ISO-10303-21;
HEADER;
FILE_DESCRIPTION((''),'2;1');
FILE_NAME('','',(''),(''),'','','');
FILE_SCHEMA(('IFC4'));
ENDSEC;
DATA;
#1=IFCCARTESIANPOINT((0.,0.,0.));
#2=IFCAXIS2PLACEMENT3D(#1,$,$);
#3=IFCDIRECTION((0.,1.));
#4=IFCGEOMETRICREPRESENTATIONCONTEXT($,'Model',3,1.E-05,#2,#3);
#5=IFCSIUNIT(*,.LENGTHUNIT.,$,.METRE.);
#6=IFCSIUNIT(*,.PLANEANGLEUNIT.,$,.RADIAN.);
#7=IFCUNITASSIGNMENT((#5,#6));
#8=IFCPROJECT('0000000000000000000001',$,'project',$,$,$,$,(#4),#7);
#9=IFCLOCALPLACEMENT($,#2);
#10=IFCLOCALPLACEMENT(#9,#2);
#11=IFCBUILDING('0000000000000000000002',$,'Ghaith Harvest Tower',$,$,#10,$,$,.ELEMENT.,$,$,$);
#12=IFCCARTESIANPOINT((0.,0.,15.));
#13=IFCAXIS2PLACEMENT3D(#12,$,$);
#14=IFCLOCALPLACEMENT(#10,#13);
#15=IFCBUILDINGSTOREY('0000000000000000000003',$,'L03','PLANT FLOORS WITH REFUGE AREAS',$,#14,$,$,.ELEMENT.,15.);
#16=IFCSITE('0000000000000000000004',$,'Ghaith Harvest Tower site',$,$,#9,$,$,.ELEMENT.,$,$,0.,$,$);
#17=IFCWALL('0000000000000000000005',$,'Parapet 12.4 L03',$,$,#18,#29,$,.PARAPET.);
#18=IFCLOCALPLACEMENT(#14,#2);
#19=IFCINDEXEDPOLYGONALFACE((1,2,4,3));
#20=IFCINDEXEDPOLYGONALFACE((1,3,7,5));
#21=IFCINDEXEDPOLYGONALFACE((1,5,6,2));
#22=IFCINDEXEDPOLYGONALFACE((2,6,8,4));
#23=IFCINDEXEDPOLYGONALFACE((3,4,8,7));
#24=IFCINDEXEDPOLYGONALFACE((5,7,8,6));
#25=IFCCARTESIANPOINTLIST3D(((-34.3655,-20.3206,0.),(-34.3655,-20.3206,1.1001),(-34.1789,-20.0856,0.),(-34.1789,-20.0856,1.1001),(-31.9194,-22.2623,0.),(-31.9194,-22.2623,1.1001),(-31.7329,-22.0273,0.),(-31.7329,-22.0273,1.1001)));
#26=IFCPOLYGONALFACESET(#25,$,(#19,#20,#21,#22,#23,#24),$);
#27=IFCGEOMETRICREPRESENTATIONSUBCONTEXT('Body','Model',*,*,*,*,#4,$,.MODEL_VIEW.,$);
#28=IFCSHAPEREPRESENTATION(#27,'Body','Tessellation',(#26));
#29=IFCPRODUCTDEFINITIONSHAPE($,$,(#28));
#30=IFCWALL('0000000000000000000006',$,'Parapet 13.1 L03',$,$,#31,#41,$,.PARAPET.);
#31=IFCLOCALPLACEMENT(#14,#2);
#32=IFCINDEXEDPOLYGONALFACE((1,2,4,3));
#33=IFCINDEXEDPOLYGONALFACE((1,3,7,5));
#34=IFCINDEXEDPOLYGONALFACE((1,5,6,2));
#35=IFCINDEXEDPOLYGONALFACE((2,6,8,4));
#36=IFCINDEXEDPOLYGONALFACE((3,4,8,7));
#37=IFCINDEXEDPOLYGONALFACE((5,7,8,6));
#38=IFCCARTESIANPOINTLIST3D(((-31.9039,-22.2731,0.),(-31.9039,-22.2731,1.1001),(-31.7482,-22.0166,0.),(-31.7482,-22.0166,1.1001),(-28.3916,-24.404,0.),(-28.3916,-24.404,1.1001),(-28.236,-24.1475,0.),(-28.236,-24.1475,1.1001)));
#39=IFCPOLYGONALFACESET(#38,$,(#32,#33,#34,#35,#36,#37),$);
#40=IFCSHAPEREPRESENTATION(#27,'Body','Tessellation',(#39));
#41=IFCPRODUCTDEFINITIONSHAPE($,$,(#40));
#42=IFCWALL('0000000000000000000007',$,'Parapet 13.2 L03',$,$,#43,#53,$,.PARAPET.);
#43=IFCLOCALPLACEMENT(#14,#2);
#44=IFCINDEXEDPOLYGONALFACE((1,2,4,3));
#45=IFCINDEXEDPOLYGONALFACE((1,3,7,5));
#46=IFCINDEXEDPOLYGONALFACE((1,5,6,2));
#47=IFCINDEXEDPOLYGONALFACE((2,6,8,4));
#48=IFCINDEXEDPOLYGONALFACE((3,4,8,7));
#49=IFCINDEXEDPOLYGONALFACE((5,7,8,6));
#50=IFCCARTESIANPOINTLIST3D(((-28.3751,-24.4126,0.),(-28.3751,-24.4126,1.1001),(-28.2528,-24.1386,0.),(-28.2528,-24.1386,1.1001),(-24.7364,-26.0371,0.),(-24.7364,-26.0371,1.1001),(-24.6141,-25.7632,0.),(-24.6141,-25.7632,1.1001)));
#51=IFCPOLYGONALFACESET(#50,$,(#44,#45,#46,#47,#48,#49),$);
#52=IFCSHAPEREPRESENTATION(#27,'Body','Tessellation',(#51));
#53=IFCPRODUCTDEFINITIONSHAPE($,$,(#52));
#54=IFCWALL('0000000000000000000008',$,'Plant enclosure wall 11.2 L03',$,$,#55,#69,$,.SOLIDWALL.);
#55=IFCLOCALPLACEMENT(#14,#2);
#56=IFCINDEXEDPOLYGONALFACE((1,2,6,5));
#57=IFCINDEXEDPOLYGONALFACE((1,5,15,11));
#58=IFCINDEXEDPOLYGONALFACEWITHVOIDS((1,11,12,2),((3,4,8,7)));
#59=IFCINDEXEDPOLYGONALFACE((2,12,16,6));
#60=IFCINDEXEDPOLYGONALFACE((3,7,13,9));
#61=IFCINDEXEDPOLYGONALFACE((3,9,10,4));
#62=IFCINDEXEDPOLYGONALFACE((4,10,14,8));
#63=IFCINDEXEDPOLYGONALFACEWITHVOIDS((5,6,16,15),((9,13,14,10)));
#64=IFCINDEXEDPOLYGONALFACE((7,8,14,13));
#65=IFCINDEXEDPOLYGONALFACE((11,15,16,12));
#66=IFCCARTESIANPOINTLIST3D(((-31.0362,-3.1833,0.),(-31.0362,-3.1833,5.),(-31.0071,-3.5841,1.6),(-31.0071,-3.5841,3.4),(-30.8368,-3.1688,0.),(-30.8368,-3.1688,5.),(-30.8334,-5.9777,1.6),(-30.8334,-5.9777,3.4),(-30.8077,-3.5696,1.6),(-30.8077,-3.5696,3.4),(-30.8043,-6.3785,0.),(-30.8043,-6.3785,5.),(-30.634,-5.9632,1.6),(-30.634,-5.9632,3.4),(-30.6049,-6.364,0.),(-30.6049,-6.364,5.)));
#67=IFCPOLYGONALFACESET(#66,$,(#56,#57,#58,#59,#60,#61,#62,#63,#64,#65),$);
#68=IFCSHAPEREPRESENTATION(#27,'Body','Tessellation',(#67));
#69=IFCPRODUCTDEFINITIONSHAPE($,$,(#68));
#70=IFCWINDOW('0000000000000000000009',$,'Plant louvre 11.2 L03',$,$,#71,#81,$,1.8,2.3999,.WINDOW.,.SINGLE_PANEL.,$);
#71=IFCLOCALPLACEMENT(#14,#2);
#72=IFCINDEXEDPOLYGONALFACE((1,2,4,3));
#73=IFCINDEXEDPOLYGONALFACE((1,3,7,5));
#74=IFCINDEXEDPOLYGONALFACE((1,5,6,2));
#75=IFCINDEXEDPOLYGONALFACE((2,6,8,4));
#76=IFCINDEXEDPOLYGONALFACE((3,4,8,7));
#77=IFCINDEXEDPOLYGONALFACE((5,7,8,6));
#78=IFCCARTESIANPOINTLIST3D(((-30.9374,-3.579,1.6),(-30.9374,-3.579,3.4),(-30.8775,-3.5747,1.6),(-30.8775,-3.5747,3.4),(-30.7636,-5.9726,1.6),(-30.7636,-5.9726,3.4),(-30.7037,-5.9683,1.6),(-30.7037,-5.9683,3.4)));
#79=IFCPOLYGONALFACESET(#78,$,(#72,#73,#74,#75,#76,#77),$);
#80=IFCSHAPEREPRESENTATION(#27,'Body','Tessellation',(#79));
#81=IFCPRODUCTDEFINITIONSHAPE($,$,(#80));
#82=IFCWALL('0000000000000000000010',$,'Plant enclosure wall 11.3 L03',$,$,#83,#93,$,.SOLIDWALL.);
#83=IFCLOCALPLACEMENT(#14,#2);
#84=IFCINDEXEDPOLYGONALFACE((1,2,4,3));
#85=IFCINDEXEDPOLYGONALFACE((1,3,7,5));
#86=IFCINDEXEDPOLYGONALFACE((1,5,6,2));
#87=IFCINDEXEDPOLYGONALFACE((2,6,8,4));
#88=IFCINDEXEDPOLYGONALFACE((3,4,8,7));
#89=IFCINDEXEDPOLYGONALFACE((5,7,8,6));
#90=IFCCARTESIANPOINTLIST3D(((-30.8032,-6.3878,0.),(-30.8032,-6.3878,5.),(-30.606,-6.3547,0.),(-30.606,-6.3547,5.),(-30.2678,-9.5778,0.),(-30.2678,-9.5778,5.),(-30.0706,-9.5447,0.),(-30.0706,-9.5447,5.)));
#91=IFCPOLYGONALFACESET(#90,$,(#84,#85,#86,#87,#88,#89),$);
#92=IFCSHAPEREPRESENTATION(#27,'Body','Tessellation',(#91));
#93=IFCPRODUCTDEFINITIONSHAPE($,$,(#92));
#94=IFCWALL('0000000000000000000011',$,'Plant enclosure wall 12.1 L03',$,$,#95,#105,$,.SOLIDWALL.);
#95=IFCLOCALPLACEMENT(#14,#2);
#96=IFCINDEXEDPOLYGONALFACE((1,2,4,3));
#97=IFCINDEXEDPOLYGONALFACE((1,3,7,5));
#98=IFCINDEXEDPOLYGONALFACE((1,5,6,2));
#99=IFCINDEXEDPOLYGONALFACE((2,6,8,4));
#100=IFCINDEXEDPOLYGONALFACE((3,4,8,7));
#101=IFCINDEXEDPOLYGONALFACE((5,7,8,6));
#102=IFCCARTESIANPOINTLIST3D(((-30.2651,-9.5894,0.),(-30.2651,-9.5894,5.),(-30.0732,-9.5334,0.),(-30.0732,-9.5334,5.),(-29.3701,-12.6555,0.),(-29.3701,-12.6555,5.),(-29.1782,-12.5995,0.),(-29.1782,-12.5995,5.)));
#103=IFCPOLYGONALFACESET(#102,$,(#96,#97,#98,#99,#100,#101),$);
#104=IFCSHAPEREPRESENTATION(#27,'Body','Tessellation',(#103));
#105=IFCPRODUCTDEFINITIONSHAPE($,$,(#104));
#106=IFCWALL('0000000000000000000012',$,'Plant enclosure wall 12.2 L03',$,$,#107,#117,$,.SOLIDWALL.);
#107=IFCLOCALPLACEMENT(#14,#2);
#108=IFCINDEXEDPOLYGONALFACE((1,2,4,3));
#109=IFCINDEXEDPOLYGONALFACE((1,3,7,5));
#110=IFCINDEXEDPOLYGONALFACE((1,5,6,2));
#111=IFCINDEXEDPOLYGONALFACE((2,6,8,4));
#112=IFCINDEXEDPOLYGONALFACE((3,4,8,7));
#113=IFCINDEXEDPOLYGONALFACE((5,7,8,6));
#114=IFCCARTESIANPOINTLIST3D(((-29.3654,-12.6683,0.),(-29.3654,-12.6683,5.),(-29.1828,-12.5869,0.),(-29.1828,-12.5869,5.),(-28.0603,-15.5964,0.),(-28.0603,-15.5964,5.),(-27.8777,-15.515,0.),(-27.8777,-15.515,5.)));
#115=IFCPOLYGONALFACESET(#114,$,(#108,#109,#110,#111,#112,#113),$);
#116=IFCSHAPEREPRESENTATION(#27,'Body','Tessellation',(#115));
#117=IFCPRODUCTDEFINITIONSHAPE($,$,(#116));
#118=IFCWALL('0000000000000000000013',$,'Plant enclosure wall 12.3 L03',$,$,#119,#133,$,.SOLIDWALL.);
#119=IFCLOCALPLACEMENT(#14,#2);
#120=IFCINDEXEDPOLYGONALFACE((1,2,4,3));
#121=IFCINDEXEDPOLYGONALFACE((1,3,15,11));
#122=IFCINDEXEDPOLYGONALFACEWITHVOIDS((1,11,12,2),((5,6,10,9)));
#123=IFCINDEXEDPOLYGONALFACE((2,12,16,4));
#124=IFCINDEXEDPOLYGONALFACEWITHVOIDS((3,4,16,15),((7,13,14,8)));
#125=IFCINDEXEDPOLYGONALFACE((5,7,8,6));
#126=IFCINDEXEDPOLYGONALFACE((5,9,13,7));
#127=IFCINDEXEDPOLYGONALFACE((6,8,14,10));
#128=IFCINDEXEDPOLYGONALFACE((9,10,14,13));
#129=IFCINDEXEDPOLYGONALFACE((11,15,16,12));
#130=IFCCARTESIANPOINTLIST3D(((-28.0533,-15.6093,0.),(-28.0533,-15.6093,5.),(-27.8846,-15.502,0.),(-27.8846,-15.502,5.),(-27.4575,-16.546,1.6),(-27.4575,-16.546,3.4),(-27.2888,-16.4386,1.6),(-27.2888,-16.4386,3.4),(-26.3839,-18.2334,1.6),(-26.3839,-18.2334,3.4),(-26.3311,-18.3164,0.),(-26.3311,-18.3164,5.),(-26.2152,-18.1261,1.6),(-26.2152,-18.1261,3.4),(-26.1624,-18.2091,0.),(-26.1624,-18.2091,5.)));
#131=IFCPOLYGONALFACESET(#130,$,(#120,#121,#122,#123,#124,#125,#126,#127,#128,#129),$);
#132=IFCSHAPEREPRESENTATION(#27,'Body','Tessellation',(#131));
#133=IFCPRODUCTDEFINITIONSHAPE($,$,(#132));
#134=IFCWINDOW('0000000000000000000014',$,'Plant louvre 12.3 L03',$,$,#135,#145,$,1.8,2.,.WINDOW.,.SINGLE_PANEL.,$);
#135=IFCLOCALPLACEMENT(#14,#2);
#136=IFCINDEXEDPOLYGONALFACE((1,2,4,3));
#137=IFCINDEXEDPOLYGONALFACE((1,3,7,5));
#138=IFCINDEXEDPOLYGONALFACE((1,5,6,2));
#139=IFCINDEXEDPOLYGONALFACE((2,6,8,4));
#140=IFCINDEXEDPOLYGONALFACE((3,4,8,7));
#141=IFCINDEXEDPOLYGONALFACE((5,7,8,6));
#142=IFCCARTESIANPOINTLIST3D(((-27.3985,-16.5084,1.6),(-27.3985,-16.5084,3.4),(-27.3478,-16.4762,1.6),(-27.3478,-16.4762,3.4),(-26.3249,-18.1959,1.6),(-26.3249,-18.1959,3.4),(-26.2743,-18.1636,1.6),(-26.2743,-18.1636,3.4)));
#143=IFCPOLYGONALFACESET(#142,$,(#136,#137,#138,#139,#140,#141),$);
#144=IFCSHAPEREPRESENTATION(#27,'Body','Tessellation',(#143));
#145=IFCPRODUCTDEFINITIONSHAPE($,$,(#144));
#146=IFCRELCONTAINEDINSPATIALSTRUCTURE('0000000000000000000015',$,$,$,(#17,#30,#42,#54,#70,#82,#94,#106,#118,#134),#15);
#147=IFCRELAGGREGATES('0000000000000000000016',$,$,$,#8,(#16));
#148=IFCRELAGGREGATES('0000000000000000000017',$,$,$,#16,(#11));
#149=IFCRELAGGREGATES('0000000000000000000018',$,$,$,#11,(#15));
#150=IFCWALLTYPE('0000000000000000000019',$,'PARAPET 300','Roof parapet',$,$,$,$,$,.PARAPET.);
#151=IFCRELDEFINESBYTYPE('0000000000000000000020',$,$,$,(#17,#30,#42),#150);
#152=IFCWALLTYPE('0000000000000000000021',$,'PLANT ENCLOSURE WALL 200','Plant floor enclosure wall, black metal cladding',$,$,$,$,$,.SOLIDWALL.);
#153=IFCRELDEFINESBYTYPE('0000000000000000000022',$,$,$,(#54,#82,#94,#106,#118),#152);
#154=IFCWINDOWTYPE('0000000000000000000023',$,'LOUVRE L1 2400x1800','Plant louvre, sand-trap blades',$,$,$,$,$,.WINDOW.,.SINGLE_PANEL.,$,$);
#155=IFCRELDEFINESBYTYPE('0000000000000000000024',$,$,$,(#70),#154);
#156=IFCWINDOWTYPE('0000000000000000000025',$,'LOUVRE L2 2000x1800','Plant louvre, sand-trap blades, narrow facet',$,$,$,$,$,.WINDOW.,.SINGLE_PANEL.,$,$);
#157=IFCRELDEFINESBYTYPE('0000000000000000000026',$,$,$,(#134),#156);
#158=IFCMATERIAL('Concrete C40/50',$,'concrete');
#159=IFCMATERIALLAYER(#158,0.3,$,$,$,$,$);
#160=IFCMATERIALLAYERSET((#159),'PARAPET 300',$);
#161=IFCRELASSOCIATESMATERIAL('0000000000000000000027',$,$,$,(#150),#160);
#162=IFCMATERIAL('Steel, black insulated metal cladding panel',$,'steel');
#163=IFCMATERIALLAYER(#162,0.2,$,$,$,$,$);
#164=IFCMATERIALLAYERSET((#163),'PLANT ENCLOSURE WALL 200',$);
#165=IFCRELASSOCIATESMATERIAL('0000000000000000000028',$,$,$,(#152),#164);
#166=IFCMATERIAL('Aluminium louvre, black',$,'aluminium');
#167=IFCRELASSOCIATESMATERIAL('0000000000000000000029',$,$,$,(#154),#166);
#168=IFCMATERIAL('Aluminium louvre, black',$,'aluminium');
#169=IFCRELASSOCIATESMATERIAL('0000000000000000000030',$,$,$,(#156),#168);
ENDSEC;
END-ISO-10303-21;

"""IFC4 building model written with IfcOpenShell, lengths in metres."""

from ifc_helpers import new_model, si_unit, direction, frame, frame_2d, origin, place, context, subcontext, project, spatial, rectangle, extrude, material, layer, layer_set, type_object, element, fill, save


model = new_model("IFC4")

# Units and contexts
model_context = context("Model", 3, precision=1e-05, world=origin(), true_north=direction((0.0, 1.0)))
body_context = subcontext(model_context, "Body", "Model", "MODEL_VIEW")
ifc_project = project(units=[si_unit("LENGTHUNIT", "METRE"), si_unit("PLANEANGLEUNIT", "RADIAN")], contexts=[model_context])

# Site, building, storey
site_placement = place(None, origin())
site = spatial("IfcSite", under=ifc_project, at=site_placement, Name="Ghaith Harvest Tower site", CompositionType="ELEMENT", RefElevation=0.0)
building_placement = place(site_placement, origin())
building = spatial("IfcBuilding", under=site, at=building_placement, Name="Ghaith Harvest Tower", CompositionType="ELEMENT")
storey_placement = place(building_placement, frame((0.0, 0.0, 15.0)))
storey = spatial("IfcBuildingStorey", under=building, at=storey_placement, Name="L03", Description="PLANT FLOORS WITH REFUGE AREAS", CompositionType="ELEMENT", Elevation=15.0)

# Walls
ifc_material_1 = material(Name="Concrete C40/50", Category="concrete")
ifc_layer_1 = layer(ifc_material_1, 0.3)
ifc_layer_set_1 = layer_set([ifc_layer_1], Name="PARAPET 300")
wall_type_1 = type_object("IfcWallType", Name="PARAPET 300", Description="Roof parapet", PredefinedType="PARAPET", material=ifc_layer_set_1)
wall_1_placement = place(storey_placement, frame((-34.2722, -20.2031, 0.0), z_axis=(0.0, 0.0, 1.0), x_axis=(0.783235, -0.621726, 0.0)))
element("IfcWall", 1, at=wall_1_placement, inside=storey, type_object=wall_type_1, Name="Parapet 12.4 L03", PredefinedType="PARAPET", context=body_context, shape_type="SweptSolid", body=[
    extrude(rectangle(XDim=3.123, YDim=0.3, at=frame_2d((1.5615, 0.0))), origin(), (0.0, 0.0, 1.0), 1.1001),
])
wall_2_placement = place(storey_placement, frame((-31.8262, -22.1448, 0.0), z_axis=(0.0, 0.0, 1.0), x_axis=(0.854955, -0.518702, 0.0)))
element("IfcWall", 2, at=wall_2_placement, inside=storey, type_object=wall_type_1, Name="Parapet 13.1 L03", PredefinedType="PARAPET", context=body_context, shape_type="SweptSolid", body=[
    extrude(rectangle(XDim=4.1082, YDim=0.3, at=frame_2d((2.0542, 0.0))), origin(), (0.0, 0.0, 1.0), 1.1001),
])
wall_3_placement = place(storey_placement, frame((-28.314, -24.2756, 0.0), z_axis=(0.0, 0.0, 1.0), x_axis=(0.913128, -0.407673, 0.0)))
element("IfcWall", 3, at=wall_3_placement, inside=storey, type_object=wall_type_1, Name="Parapet 13.2 L03", PredefinedType="PARAPET", context=body_context, shape_type="SweptSolid", body=[
    extrude(rectangle(XDim=3.9849, YDim=0.3, at=frame_2d((1.9924, 0.0))), origin(), (0.0, 0.0, 1.0), 1.1001),
])

# Wall, opening, window
ifc_material_2 = material(Name="Steel, black insulated metal cladding panel", Category="steel")
ifc_layer_2 = layer(ifc_material_2, 0.2)
ifc_layer_set_2 = layer_set([ifc_layer_2], Name="PLANT ENCLOSURE WALL 200")
wall_type_2 = type_object("IfcWallType", Name="PLANT ENCLOSURE WALL 200", Description="Plant floor enclosure wall, black metal cladding", PredefinedType="SOLIDWALL", material=ifc_layer_set_2)
wall_4_placement = place(storey_placement, frame((-30.9365, -3.176, 0.0), z_axis=(0.0, 0.0, 1.0), x_axis=(0.072395, -0.997376, 0.0)))
wall_4 = element("IfcWall", 4, at=wall_4_placement, inside=storey, type_object=wall_type_2, Name="Plant enclosure wall 11.2 L03", PredefinedType="SOLIDWALL", context=body_context, shape_type="SweptSolid", body=[
    extrude(rectangle(XDim=3.2036, YDim=0.2, at=frame_2d((1.6018, 0.0))), origin(), (0.0, 0.0, 1.0), 5.0),
])
opening_1_placement = place(wall_4_placement, frame((0.4019, 0.0, 1.6001)))
opening_1 = element("IfcOpeningElement", 5, at=opening_1_placement, cuts=wall_4, PredefinedType="OPENING", context=body_context, shape_type="SweptSolid", body=[
    extrude(rectangle(XDim=2.3999, YDim=1.8, at=frame_2d((1.2, 0.8999))), frame((0.0, 0.1099, 0.0), z_axis=(0.0, -1.0, 0.0), x_axis=(1.0, 0.0, 0.0)), (0.0, 0.0, 1.0), 0.22),
])
ifc_material_3 = material(Name="Aluminium louvre, black", Category="aluminium")
window_type_1 = type_object("IfcWindowType", Name="LOUVRE L1 2400x1800", Description="Plant louvre, sand-trap blades", PartitioningType="SINGLE_PANEL", PredefinedType="WINDOW", material=ifc_material_3)
window_1_placement = place(opening_1_placement, origin())
window_1 = element("IfcWindow", 6, at=window_1_placement, inside=storey, type_object=window_type_1, Name="Plant louvre 11.2 L03", OverallHeight=1.8, OverallWidth=2.3999, PartitioningType="SINGLE_PANEL", PredefinedType="WINDOW", context=body_context, shape_type="SweptSolid", body=[
    extrude(rectangle(XDim=2.3999, YDim=1.8, at=frame_2d((1.2, 0.8999))), frame((0.0, 0.03, 0.0), z_axis=(0.0, -1.0, 0.0), x_axis=(1.0, 0.0, 0.0)), (0.0, 0.0, 1.0), 0.0601),
])
fill(opening_1, window_1)

# Walls
wall_5_placement = place(storey_placement, frame((-30.7046, -6.3713, 0.0), z_axis=(0.0, 0.0, 1.0), x_axis=(0.165525, -0.986206, 0.0)))
element("IfcWall", 7, at=wall_5_placement, inside=storey, type_object=wall_type_2, Name="Plant enclosure wall 11.3 L03", PredefinedType="SOLIDWALL", context=body_context, shape_type="SweptSolid", body=[
    extrude(rectangle(XDim=3.2346, YDim=0.2, at=frame_2d((1.6172, 0.0))), origin(), (0.0, 0.0, 1.0), 5.0),
])
wall_6_placement = place(storey_placement, frame((-30.1692, -9.5613, 0.0), z_axis=(0.0, 0.0, 1.0), x_axis=(0.280208, -0.959939, 0.0)))
element("IfcWall", 8, at=wall_6_placement, inside=storey, type_object=wall_type_2, Name="Plant enclosure wall 12.1 L03", PredefinedType="SOLIDWALL", context=body_context, shape_type="SweptSolid", body=[
    extrude(rectangle(XDim=3.1941, YDim=0.2, at=frame_2d((1.5972, 0.0))), origin(), (0.0, 0.0, 1.0), 5.0),
])
wall_7_placement = place(storey_placement, frame((-29.2742, -12.6274, 0.0), z_axis=(0.0, 0.0, 1.0), x_axis=(0.407113, -0.913378, 0.0)))
element("IfcWall", 9, at=wall_7_placement, inside=storey, type_object=wall_type_2, Name="Plant enclosure wall 12.2 L03", PredefinedType="SOLIDWALL", context=body_context, shape_type="SweptSolid", body=[
    extrude(rectangle(XDim=3.2058, YDim=0.2, at=frame_2d((1.603, 0.0))), origin(), (0.0, 0.0, 1.0), 5.0),
])

# Wall, opening, window
wall_8_placement = place(storey_placement, frame((-27.969, -15.5557, 0.0), z_axis=(0.0, 0.0, 1.0), x_axis=(0.536767, -0.84373, 0.0)))
wall_8 = element("IfcWall", 10, at=wall_8_placement, inside=storey, type_object=wall_type_2, Name="Plant enclosure wall 12.3 L03", PredefinedType="SOLIDWALL", context=body_context, shape_type="SweptSolid", body=[
    extrude(rectangle(XDim=3.2085, YDim=0.2, at=frame_2d((1.6042, 0.0))), origin(), (0.0, 0.0, 1.0), 5.0),
])
opening_2_placement = place(wall_8_placement, frame((1.1101, 0.0, 1.6001)))
opening_2 = element("IfcOpeningElement", 11, at=opening_2_placement, cuts=wall_8, PredefinedType="OPENING", context=body_context, shape_type="SweptSolid", body=[
    extrude(rectangle(XDim=2.0, YDim=1.8, at=frame_2d((1.0, 0.8999))), frame((0.0, 0.1099, 0.0), z_axis=(0.0, -1.0, 0.0), x_axis=(1.0, 0.0, 0.0)), (0.0, 0.0, 1.0), 0.22),
])
ifc_material_4 = material(Name="Aluminium louvre, black", Category="aluminium")
window_type_2 = type_object("IfcWindowType", Name="LOUVRE L2 2000x1800", Description="Plant louvre, sand-trap blades, narrow facet", PartitioningType="SINGLE_PANEL", PredefinedType="WINDOW", material=ifc_material_4)
window_2_placement = place(opening_2_placement, origin())
window_2 = element("IfcWindow", 12, at=window_2_placement, inside=storey, type_object=window_type_2, Name="Plant louvre 12.3 L03", OverallHeight=1.8, OverallWidth=2.0, PartitioningType="SINGLE_PANEL", PredefinedType="WINDOW", context=body_context, shape_type="SweptSolid", body=[
    extrude(rectangle(XDim=2.0, YDim=1.8, at=frame_2d((1.0, 0.8999))), frame((0.0, 0.03, 0.0), z_axis=(0.0, -1.0, 0.0), x_axis=(1.0, 0.0, 0.0)), (0.0, 0.0, 1.0), 0.0601),
])
fill(opening_2, window_2)

save(model, "model.ifc")
